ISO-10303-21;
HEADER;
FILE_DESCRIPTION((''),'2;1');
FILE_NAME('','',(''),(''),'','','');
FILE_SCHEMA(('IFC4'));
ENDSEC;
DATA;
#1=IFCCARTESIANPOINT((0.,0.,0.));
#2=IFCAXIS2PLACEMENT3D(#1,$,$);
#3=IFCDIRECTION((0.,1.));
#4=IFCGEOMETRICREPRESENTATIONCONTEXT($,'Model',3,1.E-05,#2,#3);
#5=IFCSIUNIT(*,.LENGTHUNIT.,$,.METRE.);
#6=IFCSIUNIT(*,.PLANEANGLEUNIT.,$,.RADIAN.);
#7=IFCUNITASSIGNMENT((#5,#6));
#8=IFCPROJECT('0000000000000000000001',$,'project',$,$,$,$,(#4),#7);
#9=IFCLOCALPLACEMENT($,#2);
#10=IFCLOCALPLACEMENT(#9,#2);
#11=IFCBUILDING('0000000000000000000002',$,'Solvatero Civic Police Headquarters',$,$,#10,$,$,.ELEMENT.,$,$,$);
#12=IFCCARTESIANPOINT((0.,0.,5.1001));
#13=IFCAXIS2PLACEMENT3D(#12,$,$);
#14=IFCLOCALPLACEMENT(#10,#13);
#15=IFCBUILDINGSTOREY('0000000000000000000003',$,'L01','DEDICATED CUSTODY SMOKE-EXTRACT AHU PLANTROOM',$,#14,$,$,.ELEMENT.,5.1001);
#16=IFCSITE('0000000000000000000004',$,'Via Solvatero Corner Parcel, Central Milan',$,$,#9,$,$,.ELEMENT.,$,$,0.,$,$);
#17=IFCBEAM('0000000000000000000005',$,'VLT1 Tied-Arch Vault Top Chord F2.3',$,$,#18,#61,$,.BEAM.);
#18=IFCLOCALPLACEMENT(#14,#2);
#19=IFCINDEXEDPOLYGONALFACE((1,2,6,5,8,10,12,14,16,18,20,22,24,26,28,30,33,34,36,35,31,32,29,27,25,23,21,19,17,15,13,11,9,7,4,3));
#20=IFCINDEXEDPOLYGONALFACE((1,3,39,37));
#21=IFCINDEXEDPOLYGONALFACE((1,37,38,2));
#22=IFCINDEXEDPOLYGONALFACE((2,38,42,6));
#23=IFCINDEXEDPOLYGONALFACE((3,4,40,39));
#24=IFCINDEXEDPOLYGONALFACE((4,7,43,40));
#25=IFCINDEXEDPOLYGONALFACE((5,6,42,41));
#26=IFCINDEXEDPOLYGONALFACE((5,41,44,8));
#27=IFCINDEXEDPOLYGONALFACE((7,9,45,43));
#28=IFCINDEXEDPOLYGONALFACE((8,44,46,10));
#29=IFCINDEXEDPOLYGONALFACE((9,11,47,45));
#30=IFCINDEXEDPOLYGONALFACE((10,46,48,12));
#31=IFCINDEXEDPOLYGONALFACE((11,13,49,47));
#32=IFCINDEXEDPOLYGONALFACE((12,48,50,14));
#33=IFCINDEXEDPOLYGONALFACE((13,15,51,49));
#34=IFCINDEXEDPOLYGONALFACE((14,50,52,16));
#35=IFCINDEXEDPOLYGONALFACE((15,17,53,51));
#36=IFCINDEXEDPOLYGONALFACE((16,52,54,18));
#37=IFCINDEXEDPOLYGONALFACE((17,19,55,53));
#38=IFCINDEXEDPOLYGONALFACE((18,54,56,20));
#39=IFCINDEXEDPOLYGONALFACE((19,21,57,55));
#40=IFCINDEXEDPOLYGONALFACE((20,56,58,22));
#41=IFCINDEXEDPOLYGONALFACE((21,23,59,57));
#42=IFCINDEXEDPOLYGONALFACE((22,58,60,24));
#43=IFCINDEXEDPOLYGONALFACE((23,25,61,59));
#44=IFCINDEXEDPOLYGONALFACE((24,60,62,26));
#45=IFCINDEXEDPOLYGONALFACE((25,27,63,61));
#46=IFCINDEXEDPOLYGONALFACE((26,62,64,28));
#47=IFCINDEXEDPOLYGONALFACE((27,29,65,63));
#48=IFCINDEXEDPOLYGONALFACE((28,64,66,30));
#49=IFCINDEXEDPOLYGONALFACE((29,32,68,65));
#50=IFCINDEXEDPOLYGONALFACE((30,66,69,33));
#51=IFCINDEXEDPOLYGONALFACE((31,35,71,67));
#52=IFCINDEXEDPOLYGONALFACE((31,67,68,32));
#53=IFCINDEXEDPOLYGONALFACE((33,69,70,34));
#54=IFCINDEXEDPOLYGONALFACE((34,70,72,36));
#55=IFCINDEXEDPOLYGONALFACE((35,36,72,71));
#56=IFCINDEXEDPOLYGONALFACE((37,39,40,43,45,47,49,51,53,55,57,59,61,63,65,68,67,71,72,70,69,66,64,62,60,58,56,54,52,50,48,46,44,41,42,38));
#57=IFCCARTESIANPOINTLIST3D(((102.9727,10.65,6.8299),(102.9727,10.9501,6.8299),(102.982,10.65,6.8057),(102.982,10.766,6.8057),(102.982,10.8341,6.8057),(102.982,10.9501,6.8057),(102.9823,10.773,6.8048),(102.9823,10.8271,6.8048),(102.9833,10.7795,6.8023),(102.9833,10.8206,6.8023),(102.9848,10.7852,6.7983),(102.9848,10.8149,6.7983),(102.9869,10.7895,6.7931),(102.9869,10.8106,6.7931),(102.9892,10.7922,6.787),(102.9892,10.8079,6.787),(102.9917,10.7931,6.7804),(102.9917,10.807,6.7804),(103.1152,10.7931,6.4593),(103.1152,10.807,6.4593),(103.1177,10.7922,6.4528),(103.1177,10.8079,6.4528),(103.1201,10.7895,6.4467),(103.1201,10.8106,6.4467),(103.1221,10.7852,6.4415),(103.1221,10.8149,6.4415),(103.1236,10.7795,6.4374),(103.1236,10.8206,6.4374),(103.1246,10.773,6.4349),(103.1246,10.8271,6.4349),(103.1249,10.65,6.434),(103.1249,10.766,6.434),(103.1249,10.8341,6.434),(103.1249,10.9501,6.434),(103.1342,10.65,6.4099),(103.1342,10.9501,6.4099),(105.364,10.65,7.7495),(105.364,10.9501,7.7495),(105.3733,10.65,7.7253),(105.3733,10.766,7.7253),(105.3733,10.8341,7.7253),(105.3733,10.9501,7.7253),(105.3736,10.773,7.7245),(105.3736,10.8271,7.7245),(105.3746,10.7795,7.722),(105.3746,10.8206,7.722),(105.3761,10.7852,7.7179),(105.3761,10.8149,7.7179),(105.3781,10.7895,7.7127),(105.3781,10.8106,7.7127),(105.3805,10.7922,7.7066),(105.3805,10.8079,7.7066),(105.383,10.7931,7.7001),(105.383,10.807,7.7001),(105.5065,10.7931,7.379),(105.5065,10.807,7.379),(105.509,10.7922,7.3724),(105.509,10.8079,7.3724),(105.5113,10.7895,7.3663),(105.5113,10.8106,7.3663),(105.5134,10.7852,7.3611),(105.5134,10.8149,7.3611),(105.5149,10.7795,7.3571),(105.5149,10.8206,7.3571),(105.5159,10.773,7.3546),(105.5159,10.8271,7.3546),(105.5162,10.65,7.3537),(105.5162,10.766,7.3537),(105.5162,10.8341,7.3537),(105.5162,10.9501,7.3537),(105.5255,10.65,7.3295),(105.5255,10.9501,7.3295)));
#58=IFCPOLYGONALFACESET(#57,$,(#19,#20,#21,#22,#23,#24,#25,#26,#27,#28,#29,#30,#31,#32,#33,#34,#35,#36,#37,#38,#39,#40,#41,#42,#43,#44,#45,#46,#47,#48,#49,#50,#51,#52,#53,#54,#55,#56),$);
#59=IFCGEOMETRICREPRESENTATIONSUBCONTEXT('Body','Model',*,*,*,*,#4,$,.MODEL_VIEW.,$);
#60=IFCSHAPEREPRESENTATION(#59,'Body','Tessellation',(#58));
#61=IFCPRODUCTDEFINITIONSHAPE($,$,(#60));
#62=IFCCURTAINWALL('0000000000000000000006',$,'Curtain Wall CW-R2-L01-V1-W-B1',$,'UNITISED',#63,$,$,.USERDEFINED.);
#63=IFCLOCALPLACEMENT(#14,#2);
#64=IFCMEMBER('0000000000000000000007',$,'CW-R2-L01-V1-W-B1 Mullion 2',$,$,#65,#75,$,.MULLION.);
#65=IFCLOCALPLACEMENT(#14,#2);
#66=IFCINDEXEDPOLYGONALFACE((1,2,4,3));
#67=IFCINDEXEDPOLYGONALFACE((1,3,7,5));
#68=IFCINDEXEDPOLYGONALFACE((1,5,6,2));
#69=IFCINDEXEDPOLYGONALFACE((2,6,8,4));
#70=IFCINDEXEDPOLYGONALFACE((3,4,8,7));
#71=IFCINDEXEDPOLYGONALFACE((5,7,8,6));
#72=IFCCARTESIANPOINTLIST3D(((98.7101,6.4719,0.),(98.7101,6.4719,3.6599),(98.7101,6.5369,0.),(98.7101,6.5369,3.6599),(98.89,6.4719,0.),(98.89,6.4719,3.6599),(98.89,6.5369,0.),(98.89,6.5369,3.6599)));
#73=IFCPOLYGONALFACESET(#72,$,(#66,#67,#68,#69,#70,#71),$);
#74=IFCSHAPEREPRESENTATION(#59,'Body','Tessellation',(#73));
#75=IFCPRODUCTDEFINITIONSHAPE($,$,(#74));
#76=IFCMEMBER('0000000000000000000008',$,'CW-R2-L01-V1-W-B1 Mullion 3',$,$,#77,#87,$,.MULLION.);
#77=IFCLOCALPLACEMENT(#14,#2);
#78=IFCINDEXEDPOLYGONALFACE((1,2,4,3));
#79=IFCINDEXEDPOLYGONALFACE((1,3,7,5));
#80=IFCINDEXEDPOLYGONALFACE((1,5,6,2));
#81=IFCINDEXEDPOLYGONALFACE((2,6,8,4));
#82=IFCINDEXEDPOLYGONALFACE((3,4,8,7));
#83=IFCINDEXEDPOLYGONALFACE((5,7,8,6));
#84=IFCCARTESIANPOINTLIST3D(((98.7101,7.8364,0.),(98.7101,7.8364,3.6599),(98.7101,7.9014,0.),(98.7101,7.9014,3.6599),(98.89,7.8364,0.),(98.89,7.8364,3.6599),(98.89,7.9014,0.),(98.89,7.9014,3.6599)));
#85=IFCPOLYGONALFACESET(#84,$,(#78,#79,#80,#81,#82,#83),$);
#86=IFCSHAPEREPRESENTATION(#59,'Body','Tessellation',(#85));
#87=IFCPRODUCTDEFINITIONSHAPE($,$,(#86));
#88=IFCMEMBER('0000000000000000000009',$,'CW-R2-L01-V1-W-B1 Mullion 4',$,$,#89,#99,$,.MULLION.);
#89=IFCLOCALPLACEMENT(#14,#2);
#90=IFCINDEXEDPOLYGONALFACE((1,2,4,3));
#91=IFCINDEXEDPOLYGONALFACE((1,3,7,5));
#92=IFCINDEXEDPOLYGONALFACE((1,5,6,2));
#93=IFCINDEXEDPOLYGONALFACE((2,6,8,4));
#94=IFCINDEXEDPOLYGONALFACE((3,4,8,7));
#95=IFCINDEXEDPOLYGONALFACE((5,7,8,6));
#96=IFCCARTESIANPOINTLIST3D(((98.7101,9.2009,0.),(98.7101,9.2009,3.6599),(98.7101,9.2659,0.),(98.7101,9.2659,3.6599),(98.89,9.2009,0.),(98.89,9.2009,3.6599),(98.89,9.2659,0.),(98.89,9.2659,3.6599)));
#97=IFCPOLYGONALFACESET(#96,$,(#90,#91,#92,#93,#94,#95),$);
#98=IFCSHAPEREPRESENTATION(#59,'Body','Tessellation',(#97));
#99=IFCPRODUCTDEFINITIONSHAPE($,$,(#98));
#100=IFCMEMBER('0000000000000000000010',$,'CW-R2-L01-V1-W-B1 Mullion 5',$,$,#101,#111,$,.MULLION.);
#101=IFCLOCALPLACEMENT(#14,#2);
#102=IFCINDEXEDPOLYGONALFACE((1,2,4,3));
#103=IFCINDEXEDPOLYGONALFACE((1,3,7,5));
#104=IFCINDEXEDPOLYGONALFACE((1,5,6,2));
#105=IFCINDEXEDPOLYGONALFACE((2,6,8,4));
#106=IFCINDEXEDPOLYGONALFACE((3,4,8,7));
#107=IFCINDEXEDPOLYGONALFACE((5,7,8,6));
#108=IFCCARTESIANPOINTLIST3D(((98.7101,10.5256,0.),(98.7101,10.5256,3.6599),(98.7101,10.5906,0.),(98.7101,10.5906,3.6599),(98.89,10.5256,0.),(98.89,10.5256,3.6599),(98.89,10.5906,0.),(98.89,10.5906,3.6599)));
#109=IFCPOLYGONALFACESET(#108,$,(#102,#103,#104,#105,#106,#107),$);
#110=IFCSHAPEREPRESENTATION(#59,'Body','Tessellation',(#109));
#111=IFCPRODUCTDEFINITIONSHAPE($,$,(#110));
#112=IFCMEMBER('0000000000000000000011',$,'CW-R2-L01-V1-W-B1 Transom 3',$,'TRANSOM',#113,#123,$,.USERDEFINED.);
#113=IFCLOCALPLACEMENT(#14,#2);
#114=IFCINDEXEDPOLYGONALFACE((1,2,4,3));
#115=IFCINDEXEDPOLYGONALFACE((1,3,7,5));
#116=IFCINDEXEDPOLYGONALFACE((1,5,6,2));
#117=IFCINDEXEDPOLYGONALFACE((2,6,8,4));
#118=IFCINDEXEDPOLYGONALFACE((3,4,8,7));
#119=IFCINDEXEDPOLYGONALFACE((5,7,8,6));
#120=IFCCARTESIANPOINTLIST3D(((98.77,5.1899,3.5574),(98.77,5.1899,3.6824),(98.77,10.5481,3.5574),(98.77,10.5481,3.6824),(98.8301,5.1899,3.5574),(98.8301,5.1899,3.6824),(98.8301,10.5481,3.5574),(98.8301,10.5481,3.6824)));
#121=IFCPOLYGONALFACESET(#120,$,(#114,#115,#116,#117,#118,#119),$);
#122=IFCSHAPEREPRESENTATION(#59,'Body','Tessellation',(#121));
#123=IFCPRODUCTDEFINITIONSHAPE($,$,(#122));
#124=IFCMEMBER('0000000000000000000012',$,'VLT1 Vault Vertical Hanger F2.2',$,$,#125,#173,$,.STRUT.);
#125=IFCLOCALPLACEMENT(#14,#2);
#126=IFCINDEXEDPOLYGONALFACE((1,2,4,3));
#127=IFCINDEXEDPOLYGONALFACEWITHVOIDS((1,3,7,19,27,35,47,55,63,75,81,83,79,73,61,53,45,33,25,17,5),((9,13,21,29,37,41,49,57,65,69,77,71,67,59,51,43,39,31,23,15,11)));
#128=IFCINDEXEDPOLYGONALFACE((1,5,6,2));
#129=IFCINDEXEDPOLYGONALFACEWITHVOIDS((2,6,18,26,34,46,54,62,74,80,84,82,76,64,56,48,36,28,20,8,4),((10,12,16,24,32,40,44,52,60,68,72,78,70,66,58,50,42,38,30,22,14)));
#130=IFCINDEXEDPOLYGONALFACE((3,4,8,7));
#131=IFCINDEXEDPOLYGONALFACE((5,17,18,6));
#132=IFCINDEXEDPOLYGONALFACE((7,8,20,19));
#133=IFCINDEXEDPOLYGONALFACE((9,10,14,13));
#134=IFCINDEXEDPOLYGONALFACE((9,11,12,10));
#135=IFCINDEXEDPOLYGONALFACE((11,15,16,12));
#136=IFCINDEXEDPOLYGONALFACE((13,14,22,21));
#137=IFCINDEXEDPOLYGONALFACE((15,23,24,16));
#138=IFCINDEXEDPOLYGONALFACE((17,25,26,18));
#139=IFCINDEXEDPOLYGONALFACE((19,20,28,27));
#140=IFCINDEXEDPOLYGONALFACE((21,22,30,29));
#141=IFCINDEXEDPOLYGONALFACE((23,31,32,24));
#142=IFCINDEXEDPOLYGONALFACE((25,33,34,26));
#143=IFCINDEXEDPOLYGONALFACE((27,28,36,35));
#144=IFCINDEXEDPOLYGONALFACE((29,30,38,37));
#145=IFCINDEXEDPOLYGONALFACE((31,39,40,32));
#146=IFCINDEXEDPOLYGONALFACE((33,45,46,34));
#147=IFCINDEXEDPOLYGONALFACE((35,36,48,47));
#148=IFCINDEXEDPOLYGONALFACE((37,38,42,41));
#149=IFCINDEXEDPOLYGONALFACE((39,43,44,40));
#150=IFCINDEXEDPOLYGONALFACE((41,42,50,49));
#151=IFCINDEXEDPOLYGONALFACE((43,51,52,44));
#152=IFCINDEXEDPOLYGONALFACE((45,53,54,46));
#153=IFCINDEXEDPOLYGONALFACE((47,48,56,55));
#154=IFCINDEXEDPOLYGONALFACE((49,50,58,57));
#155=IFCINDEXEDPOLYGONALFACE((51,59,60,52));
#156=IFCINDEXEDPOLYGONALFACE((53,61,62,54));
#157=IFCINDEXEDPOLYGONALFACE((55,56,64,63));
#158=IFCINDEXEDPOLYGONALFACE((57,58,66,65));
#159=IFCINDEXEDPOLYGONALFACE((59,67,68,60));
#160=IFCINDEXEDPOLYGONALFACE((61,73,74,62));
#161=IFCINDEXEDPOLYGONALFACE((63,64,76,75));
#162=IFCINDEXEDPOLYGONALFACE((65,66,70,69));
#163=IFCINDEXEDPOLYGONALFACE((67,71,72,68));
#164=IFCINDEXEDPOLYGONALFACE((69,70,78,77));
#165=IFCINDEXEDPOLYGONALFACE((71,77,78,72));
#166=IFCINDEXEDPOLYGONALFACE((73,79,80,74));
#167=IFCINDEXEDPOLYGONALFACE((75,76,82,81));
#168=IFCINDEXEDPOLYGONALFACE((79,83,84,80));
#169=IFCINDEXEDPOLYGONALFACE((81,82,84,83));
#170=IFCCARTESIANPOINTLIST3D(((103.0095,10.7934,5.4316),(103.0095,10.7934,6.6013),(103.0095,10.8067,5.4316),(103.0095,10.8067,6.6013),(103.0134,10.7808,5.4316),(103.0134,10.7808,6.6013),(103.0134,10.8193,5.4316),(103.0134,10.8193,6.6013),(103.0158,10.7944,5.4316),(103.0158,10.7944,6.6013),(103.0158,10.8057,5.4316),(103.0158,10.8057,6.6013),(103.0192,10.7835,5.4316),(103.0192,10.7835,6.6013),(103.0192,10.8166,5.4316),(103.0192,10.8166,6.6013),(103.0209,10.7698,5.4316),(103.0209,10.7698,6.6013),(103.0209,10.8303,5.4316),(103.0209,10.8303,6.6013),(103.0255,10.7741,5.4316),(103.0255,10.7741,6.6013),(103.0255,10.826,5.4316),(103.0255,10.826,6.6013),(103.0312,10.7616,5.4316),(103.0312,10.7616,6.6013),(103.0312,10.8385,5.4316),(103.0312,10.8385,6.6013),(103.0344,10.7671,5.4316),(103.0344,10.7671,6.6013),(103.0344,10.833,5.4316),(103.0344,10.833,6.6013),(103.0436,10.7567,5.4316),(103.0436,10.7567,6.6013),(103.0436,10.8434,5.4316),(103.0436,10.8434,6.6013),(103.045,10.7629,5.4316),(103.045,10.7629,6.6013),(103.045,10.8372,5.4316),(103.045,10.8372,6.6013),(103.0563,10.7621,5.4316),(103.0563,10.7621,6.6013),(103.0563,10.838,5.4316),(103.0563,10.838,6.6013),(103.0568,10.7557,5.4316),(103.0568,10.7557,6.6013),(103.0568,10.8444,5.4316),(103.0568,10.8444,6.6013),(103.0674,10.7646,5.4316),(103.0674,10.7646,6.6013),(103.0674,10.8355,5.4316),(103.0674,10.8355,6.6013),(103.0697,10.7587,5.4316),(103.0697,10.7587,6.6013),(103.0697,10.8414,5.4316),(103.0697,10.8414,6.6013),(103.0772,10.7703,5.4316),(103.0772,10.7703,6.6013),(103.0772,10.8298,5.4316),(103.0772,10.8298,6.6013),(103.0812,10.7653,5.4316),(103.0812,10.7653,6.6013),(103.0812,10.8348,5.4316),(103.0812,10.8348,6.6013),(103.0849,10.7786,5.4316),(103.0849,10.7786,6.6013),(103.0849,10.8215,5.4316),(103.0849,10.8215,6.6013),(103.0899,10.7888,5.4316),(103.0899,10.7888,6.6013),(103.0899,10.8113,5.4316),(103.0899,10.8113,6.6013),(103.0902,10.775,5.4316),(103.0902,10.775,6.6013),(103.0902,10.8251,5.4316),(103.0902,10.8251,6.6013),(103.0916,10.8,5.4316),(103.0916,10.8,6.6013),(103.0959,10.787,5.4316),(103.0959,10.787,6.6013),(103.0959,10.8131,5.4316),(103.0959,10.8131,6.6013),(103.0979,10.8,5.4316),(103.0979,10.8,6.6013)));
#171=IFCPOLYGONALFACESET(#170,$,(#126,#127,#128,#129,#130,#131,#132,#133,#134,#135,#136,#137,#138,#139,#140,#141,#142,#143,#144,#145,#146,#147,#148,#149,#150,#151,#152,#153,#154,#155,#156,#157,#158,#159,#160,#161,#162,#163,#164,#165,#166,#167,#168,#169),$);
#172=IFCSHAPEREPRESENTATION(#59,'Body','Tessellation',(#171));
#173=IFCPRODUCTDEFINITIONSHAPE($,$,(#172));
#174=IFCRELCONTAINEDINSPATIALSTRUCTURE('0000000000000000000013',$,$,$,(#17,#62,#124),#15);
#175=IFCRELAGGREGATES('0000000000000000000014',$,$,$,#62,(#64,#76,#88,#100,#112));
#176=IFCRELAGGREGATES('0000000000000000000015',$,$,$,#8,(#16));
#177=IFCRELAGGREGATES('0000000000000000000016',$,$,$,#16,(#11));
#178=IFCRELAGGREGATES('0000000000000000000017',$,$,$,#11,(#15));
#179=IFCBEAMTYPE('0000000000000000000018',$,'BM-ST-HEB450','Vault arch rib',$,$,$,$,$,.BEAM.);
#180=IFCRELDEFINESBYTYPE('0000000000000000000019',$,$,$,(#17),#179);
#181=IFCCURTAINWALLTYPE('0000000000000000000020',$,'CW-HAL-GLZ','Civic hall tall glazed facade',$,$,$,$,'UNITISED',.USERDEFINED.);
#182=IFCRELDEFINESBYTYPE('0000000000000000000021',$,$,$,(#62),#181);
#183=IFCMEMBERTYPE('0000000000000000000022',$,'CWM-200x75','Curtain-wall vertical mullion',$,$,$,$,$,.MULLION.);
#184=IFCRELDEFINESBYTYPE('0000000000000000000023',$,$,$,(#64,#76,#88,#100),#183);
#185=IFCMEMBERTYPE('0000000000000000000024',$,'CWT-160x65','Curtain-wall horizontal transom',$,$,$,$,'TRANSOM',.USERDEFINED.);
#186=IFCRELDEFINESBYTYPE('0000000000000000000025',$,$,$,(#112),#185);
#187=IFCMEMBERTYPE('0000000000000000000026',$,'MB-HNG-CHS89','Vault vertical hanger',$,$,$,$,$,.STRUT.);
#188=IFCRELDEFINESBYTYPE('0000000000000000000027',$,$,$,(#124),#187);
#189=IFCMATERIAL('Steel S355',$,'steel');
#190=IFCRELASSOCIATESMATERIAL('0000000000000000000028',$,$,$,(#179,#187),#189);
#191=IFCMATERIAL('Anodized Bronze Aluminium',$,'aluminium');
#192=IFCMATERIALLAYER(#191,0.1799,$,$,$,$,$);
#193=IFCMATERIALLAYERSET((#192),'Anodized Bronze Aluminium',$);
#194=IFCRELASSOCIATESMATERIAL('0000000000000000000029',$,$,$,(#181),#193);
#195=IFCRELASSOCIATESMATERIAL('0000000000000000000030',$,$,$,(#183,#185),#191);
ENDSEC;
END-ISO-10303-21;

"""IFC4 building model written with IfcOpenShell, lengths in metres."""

from ifc_helpers import new_model, si_unit, direction, frame, origin, origin_2d, place, context, subcontext, project, spatial, rectangle, hollow_circle, i_section, extrude, material, layer, layer_set, material_profile, profile_set, type_object, element, aggregate, save


model = new_model("IFC4")

# Units and contexts
model_context = context("Model", 3, precision=1e-05, world=origin(), true_north=direction((0.0, 1.0)))
body_context = subcontext(model_context, "Body", "Model", "MODEL_VIEW")
ifc_project = project(units=[si_unit("LENGTHUNIT", "METRE"), si_unit("PLANEANGLEUNIT", "RADIAN")], contexts=[model_context])

# Site, building, storey
site_placement = place(None, origin())
site = spatial("IfcSite", under=ifc_project, at=site_placement, Name="Via Solvatero Corner Parcel, Central Milan", CompositionType="ELEMENT", RefElevation=0.0)
building_placement = place(site_placement, origin())
building = spatial("IfcBuilding", under=site, at=building_placement, Name="Solvatero Civic Police Headquarters", CompositionType="ELEMENT")
storey_placement = place(building_placement, frame((0.0, 0.0, 5.1001)))
storey = spatial("IfcBuildingStorey", under=building, at=storey_placement, Name="L01", Description="DEDICATED CUSTODY SMOKE-EXTRACT AHU PLANTROOM", CompositionType="ELEMENT", Elevation=5.1001)

# Shared definitions
ifc_material_1 = material(Name="Steel S355", Category="steel")

# Beam
ifc_material_profile_1 = material_profile(ifc_material_1, i_section(OverallWidth=0.3, OverallDepth=0.45, WebThickness=0.0139, FlangeThickness=0.0259, FilletRadius=0.0271, at=origin_2d()), Name="HEB 450")
ifc_profile_set_1 = profile_set([ifc_material_profile_1], Name="Steel S355")
beam_type_1 = type_object("IfcBeamType", Name="BM-ST-HEB450", Description="Vault arch rib", PredefinedType="BEAM", material=ifc_profile_set_1)
for number, where, z_axis, x_axis, name in (
    (1, (103.0535, 10.8, 6.6199), (0.933355, 0.0, 0.358954), (0.0, 1.0, 0.0), "VLT1 Tied-Arch Vault Top Chord F2.3"),
):
    element("IfcBeam", number, at=place(storey_placement, frame(where, z_axis=z_axis, x_axis=x_axis)), inside=storey, type_object=beam_type_1, Name=name, PredefinedType="BEAM", context=body_context, shape_type="SweptSolid", body=[
        extrude(i_section(OverallWidth=0.3, OverallDepth=0.45, WebThickness=0.0139, FlangeThickness=0.0259, FilletRadius=0.0271, at=origin_2d()), origin(), (0.0, 0.0, 1.0), 2.562),
    ])

# Curtain wall, members
ifc_material_2 = material(Name="Anodized Bronze Aluminium", Category="aluminium")
ifc_layer_1 = layer(ifc_material_2, 0.1799)
ifc_layer_set_1 = layer_set([ifc_layer_1], Name="Anodized Bronze Aluminium")
curtain_wall_type = type_object("IfcCurtainWallType", Name="CW-HAL-GLZ", Description="Civic hall tall glazed facade", ElementType="UNITISED", PredefinedType="USERDEFINED", material=ifc_layer_set_1)
curtain_wall_placement = place(storey_placement, origin())
curtain_wall = element("IfcCurtainWall", 2, at=curtain_wall_placement, inside=storey, type_object=curtain_wall_type, Name="Curtain Wall CW-R2-L01-V1-W-B1", ObjectType="UNITISED", PredefinedType="USERDEFINED")
ifc_material_profile_2 = material_profile(ifc_material_2, rectangle(XDim=0.0649, YDim=0.1799, at=origin_2d()), Name="ALU MULLION 65x180")
ifc_profile_set_2 = profile_set([ifc_material_profile_2], Name="Anodized Bronze Aluminium")
member_type_1 = type_object("IfcMemberType", Name="CWM-200x75", Description="Curtain-wall vertical mullion", PredefinedType="MULLION", material=ifc_profile_set_2)
member_1_placement = place(storey_placement, frame((98.8, 6.5044, 0.0), z_axis=(0.0, 0.0, 1.0), x_axis=(0.0, 1.0, 0.0)))
member_1 = element("IfcMember", 3, at=member_1_placement, type_object=member_type_1, Name="CW-R2-L01-V1-W-B1 Mullion 2", PredefinedType="MULLION", context=body_context, shape_type="SweptSolid", body=[
    extrude(rectangle(XDim=0.0649, YDim=0.1799, at=origin_2d()), origin(), (0.0, 0.0, 1.0), 3.6599),
])
member_2_placement = place(storey_placement, frame((98.8, 7.8689, 0.0), z_axis=(0.0, 0.0, 1.0), x_axis=(0.0, 1.0, 0.0)))
member_2 = element("IfcMember", 4, at=member_2_placement, type_object=member_type_1, Name="CW-R2-L01-V1-W-B1 Mullion 3", PredefinedType="MULLION", context=body_context, shape_type="SweptSolid", body=[
    extrude(rectangle(XDim=0.0649, YDim=0.1799, at=origin_2d()), origin(), (0.0, 0.0, 1.0), 3.6599),
])
member_3_placement = place(storey_placement, frame((98.8, 9.2334, 0.0), z_axis=(0.0, 0.0, 1.0), x_axis=(0.0, 1.0, 0.0)))
member_3 = element("IfcMember", 5, at=member_3_placement, type_object=member_type_1, Name="CW-R2-L01-V1-W-B1 Mullion 4", PredefinedType="MULLION", context=body_context, shape_type="SweptSolid", body=[
    extrude(rectangle(XDim=0.0649, YDim=0.1799, at=origin_2d()), origin(), (0.0, 0.0, 1.0), 3.6599),
])
member_4_placement = place(storey_placement, frame((98.8, 10.5581, 0.0), z_axis=(0.0, 0.0, 1.0), x_axis=(0.0, 1.0, 0.0)))
member_4 = element("IfcMember", 6, at=member_4_placement, type_object=member_type_1, Name="CW-R2-L01-V1-W-B1 Mullion 5", PredefinedType="MULLION", context=body_context, shape_type="SweptSolid", body=[
    extrude(rectangle(XDim=0.0649, YDim=0.1799, at=origin_2d()), origin(), (0.0, 0.0, 1.0), 3.6599),
])
ifc_material_profile_3 = material_profile(ifc_material_2, rectangle(XDim=0.0601, YDim=0.125, at=origin_2d()), Name="ALU TRANSOM 60x125")
ifc_profile_set_3 = profile_set([ifc_material_profile_3], Name="Anodized Bronze Aluminium")
member_type_2 = type_object("IfcMemberType", Name="CWT-160x65", Description="Curtain-wall horizontal transom", ElementType="TRANSOM", PredefinedType="USERDEFINED", material=ifc_profile_set_3)
member_5_placement = place(storey_placement, frame((98.8, 5.1899, 3.6199), z_axis=(0.0, 1.0, 0.0), x_axis=(-1.0, 0.0, 0.0)))
member_5 = element("IfcMember", 7, at=member_5_placement, type_object=member_type_2, Name="CW-R2-L01-V1-W-B1 Transom 3", ObjectType="TRANSOM", PredefinedType="USERDEFINED", context=body_context, shape_type="SweptSolid", body=[
    extrude(rectangle(XDim=0.0601, YDim=0.125, at=origin_2d()), origin(), (0.0, 0.0, 1.0), 5.3582),
])

# Member
ifc_material_profile_4 = material_profile(ifc_material_1, hollow_circle(Radius=0.0444, WallThickness=0.0063, at=origin_2d()), Name="CHS 88.9x6.3")
ifc_profile_set_4 = profile_set([ifc_material_profile_4], Name="Steel S355")
member_type_3 = type_object("IfcMemberType", Name="MB-HNG-CHS89", Description="Vault vertical hanger", PredefinedType="STRUT", material=ifc_profile_set_4)
member_6_placement = place(storey_placement, frame((103.0535, 10.8, 5.4316), z_axis=(0.0, 0.0, 1.0), x_axis=(1.0, 0.0, 0.0)))
element("IfcMember", 8, at=member_6_placement, inside=storey, type_object=member_type_3, Name="VLT1 Vault Vertical Hanger F2.2", PredefinedType="STRUT", context=body_context, shape_type="SweptSolid", body=[
    extrude(hollow_circle(Radius=0.0444, WallThickness=0.0063, at=origin_2d()), origin(), (0.0, 0.0, 1.0), 1.1697),
])

aggregate(curtain_wall, [member_1, member_2, member_3, member_4, member_5])

save(model, "model.ifc")
